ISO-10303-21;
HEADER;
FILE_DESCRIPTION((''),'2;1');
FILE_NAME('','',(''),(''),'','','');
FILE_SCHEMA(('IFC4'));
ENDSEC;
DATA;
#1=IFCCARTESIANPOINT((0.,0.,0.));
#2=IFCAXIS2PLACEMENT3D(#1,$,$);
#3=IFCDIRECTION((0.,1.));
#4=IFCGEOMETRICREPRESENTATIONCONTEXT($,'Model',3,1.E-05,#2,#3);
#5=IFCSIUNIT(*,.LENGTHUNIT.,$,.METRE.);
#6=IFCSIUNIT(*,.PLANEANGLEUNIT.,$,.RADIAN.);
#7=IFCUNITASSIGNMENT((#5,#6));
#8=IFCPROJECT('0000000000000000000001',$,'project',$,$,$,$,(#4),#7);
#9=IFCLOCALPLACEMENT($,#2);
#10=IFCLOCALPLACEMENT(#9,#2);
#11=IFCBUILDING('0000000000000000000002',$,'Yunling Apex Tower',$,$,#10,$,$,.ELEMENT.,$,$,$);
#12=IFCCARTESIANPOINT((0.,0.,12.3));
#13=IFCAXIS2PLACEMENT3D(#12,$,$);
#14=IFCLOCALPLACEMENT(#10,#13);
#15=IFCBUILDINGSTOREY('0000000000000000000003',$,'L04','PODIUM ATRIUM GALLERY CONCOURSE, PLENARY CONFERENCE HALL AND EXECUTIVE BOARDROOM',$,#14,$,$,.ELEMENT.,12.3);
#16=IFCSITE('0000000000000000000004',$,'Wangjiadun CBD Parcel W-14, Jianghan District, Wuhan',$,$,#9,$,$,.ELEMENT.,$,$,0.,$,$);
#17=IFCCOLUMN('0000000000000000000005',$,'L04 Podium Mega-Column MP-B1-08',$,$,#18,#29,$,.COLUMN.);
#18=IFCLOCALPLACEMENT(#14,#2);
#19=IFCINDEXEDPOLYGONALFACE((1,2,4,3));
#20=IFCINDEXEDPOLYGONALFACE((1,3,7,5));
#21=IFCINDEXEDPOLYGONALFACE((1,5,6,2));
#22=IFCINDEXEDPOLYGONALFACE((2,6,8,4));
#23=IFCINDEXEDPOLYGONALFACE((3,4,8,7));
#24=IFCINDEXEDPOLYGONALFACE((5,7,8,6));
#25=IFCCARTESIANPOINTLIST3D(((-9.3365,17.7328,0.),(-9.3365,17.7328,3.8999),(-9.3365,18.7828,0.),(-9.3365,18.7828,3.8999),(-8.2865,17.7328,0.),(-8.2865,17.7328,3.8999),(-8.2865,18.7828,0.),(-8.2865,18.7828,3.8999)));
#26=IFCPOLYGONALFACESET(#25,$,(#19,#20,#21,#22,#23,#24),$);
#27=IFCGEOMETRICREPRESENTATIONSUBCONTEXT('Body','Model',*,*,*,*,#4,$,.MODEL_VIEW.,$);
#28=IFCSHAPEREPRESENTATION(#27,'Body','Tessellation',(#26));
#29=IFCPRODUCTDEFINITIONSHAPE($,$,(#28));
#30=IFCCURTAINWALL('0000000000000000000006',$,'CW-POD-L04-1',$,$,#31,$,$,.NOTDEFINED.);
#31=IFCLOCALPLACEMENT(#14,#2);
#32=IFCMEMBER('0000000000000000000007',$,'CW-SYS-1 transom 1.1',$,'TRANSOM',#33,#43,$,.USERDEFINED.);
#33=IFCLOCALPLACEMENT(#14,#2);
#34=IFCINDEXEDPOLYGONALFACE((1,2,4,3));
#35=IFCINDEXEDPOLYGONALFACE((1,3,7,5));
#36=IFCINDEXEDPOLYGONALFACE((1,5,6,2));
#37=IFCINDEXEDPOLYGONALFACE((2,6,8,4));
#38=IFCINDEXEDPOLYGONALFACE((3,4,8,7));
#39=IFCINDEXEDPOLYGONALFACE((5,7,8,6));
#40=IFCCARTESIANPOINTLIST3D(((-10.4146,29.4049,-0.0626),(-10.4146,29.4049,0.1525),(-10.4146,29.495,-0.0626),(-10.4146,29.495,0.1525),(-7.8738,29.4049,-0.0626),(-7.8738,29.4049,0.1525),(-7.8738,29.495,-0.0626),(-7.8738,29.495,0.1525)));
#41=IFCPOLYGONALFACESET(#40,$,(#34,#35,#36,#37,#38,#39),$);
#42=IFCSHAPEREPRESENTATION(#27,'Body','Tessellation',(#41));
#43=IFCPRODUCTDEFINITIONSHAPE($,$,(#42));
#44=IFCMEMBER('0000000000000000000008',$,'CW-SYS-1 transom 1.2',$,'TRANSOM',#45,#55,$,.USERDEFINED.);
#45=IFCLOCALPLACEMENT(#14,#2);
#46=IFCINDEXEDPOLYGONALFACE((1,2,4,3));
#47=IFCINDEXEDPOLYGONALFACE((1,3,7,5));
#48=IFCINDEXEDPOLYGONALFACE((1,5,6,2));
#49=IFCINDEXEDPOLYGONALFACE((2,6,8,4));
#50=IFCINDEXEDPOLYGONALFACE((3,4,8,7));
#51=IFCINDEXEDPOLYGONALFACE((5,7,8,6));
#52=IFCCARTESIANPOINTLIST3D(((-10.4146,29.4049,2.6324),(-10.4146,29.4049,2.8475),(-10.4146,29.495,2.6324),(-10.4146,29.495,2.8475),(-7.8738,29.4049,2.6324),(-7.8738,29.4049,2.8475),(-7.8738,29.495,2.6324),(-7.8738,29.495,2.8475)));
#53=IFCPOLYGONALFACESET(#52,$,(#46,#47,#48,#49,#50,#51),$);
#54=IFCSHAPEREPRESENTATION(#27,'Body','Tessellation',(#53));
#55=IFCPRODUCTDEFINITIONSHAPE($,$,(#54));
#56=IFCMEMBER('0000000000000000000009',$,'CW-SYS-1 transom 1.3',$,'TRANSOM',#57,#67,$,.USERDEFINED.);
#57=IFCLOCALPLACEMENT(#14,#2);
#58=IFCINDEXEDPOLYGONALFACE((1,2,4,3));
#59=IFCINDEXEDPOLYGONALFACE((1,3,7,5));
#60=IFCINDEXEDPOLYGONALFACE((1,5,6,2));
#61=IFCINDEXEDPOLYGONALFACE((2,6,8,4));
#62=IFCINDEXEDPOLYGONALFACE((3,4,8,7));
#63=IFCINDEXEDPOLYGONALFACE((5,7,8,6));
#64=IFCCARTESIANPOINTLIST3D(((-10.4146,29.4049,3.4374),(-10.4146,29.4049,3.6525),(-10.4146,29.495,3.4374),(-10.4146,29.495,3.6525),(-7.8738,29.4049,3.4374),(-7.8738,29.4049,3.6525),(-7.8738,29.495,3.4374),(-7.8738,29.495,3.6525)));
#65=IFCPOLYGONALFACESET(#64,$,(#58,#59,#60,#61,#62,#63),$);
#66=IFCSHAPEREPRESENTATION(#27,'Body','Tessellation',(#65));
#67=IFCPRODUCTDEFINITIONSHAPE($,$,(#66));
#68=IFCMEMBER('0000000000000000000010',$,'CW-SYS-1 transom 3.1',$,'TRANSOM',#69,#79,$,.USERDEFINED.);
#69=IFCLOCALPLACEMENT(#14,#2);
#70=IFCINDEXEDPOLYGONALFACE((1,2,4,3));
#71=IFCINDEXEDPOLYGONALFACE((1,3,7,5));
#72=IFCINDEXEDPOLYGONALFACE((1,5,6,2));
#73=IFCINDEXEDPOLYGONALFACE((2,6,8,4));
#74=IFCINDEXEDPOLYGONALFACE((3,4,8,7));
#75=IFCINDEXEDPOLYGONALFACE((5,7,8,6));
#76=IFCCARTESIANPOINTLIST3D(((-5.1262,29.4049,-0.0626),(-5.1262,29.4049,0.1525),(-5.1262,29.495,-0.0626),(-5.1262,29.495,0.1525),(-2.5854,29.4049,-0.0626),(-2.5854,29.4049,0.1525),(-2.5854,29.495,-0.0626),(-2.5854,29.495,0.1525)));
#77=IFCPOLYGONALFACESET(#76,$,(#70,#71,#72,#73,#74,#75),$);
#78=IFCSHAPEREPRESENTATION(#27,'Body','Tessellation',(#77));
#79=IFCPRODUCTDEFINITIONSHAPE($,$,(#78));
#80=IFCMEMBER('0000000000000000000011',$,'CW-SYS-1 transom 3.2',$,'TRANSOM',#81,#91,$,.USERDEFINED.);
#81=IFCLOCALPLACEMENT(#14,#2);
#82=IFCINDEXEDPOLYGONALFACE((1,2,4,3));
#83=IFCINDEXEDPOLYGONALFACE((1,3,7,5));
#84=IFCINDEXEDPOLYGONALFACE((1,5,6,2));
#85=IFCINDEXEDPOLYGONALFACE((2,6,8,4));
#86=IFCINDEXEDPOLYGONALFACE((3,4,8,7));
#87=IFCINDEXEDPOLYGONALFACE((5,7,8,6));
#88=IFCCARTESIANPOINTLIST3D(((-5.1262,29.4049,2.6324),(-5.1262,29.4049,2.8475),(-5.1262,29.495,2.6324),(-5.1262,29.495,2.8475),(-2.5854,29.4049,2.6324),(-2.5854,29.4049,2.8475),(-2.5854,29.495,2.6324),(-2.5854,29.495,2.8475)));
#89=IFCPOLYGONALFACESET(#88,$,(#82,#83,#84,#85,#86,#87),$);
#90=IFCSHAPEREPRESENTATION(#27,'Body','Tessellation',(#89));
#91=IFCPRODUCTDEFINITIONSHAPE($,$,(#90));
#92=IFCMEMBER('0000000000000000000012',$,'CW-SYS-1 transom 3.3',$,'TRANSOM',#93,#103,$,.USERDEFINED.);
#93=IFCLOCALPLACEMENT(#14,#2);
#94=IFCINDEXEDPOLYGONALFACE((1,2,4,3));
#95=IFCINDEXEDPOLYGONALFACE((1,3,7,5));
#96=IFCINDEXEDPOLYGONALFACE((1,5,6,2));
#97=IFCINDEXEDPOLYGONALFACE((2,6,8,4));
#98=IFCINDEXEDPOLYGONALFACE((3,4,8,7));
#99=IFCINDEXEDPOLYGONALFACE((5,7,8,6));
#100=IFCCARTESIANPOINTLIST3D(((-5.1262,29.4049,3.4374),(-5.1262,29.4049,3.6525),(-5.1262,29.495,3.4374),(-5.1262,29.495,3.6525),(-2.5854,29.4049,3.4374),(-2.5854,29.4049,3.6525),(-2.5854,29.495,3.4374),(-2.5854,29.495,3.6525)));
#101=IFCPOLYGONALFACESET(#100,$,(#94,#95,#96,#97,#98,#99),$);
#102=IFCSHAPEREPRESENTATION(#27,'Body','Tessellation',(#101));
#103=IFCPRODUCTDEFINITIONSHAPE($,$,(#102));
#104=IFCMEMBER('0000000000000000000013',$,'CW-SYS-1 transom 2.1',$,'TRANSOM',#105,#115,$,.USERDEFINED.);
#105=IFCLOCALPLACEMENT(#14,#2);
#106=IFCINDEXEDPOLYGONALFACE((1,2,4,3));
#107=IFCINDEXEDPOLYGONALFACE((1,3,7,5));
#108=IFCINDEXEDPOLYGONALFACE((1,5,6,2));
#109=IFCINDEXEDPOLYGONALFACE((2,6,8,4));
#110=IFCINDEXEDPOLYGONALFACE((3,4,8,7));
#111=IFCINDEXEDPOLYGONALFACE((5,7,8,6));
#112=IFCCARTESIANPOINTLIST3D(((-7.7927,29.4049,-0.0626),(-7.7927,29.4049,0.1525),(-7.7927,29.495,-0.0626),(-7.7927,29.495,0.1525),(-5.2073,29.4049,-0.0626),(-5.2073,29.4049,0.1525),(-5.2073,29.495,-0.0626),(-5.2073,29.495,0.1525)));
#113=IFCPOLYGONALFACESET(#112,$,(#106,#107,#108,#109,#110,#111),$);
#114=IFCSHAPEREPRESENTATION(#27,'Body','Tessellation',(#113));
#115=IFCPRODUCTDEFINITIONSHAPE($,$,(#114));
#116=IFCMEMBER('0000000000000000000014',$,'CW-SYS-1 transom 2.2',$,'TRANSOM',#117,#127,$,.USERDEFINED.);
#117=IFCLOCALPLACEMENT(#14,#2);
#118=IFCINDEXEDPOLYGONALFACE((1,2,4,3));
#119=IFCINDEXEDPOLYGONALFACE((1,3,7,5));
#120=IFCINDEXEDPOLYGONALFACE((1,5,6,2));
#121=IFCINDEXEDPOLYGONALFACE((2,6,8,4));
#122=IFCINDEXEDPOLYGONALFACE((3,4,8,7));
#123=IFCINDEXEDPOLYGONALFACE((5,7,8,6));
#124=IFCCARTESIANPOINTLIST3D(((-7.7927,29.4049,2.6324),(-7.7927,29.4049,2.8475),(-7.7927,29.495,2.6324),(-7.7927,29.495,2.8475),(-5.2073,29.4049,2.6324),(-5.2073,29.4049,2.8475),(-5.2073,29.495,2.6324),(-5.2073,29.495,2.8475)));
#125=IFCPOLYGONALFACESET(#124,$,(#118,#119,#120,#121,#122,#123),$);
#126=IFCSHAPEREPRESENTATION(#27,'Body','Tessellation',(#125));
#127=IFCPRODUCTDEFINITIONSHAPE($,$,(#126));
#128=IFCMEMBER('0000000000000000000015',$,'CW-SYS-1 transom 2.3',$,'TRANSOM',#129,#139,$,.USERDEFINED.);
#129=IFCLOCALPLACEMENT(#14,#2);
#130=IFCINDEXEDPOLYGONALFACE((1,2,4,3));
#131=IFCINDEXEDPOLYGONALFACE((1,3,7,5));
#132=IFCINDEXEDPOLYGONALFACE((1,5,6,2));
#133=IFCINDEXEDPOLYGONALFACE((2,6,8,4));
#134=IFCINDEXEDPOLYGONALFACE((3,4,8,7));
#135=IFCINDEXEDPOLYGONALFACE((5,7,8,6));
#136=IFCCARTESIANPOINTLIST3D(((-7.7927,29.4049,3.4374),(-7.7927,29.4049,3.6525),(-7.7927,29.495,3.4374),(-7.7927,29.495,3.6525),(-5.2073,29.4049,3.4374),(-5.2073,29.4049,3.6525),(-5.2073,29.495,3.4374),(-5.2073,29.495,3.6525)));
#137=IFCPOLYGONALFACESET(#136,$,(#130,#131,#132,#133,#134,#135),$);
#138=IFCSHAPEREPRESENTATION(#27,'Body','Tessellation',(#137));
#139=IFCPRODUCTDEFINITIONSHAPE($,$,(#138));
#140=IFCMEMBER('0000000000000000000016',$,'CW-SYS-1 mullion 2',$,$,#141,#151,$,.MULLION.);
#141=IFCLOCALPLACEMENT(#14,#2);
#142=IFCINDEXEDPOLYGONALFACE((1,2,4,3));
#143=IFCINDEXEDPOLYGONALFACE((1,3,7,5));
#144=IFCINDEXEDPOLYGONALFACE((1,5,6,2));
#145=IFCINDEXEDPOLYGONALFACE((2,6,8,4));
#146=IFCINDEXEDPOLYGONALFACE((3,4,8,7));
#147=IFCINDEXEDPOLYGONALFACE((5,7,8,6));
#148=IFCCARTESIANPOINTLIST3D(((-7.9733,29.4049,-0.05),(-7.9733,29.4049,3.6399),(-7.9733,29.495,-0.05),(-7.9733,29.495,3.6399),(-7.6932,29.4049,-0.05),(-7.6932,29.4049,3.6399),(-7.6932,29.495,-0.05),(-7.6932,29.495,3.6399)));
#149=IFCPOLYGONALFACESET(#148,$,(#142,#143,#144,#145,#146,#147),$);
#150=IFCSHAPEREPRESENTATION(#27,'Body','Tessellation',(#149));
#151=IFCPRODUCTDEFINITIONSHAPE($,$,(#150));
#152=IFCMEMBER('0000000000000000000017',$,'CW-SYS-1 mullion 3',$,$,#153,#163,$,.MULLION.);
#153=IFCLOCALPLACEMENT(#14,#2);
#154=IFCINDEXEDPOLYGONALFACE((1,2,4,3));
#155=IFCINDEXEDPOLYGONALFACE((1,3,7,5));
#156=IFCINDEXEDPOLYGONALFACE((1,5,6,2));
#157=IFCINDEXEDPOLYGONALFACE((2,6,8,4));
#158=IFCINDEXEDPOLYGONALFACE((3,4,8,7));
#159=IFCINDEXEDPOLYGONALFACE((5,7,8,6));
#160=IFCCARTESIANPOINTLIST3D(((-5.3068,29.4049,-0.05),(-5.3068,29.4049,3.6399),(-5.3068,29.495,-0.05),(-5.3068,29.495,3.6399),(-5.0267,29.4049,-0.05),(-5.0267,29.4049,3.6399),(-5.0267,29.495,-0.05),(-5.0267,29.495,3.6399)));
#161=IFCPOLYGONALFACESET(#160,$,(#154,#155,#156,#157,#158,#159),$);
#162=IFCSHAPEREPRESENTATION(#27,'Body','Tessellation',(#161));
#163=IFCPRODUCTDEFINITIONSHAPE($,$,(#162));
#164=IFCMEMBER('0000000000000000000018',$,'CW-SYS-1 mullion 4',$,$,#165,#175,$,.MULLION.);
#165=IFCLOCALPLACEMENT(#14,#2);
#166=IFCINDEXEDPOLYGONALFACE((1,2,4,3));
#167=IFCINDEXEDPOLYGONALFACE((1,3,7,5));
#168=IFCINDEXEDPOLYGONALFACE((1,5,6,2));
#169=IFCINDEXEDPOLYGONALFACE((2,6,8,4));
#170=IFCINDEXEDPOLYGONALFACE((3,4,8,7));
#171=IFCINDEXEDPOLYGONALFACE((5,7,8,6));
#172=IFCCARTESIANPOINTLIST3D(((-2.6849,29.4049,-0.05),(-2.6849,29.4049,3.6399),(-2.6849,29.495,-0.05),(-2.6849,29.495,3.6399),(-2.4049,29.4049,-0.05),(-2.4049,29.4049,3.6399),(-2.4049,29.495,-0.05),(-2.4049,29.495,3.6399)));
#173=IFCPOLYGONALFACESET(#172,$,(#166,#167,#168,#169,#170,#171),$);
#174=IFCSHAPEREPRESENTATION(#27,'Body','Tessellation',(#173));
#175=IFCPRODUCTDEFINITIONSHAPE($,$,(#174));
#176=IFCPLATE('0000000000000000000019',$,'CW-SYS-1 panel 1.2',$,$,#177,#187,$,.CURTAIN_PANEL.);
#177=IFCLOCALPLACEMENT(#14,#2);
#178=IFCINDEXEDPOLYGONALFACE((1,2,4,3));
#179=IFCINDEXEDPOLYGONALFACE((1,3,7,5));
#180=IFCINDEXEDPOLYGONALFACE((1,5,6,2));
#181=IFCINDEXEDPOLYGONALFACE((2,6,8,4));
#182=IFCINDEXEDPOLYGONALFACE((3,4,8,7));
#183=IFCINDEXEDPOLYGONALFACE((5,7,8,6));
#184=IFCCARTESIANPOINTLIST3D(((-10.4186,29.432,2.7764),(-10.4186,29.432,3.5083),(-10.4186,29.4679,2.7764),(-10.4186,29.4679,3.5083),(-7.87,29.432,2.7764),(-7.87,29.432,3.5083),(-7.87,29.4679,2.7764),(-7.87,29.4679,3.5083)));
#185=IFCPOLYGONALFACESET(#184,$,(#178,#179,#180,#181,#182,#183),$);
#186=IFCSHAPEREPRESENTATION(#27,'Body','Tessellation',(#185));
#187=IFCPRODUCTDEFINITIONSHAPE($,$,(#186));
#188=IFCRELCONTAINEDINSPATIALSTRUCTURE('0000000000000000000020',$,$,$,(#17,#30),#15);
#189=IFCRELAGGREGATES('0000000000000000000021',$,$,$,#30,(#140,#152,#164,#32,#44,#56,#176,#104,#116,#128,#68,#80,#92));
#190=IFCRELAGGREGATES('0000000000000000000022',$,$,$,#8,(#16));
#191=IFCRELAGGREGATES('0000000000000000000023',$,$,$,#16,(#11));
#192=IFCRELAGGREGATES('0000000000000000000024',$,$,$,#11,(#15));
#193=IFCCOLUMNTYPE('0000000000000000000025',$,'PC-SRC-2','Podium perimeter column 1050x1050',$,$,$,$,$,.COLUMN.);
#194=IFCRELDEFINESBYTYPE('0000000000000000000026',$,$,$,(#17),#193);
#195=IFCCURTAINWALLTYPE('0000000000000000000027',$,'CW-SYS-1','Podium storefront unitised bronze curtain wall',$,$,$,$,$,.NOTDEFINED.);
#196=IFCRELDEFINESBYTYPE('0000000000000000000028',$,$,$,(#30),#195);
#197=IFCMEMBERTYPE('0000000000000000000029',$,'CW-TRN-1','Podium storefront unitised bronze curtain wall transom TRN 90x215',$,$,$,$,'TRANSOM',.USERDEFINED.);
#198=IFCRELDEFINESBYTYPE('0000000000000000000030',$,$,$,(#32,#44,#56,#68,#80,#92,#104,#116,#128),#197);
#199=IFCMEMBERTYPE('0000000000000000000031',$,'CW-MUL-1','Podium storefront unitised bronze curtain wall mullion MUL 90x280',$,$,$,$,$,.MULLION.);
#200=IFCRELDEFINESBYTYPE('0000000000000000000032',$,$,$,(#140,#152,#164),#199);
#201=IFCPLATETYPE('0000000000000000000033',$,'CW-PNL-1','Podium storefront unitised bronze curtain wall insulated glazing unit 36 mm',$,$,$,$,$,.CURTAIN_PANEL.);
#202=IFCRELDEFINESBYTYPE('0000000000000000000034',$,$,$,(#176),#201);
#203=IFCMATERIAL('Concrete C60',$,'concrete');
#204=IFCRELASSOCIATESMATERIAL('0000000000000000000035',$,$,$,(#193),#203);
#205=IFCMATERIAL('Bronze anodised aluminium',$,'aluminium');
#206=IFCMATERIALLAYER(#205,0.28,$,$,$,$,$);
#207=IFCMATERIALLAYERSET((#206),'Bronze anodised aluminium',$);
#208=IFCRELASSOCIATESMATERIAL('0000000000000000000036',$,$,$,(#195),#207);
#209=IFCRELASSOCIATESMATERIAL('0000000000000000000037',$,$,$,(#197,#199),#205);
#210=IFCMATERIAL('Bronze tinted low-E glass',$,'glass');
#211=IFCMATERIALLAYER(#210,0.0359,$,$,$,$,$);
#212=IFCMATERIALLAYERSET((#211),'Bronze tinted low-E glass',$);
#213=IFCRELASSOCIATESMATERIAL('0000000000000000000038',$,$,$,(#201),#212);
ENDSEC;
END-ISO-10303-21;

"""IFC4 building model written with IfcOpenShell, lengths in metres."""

from ifc_helpers import new_model, si_unit, direction, frame, origin, origin_2d, place, context, subcontext, project, spatial, rectangle, extrude, source, transform, mapped, material, layer, layer_set, material_profile, profile_set, type_object, element, aggregate, save


model = new_model("IFC4")

# Units and contexts
model_context = context("Model", 3, precision=1e-05, world=origin(), true_north=direction((0.0, 1.0)))
body_context = subcontext(model_context, "Body", "Model", "MODEL_VIEW")
ifc_project = project(units=[si_unit("LENGTHUNIT", "METRE"), si_unit("PLANEANGLEUNIT", "RADIAN")], contexts=[model_context])

# Site, building, storey
site_placement = place(None, origin())
site = spatial("IfcSite", under=ifc_project, at=site_placement, Name="Wangjiadun CBD Parcel W-14, Jianghan District, Wuhan", CompositionType="ELEMENT", RefElevation=0.0)
building_placement = place(site_placement, origin())
building = spatial("IfcBuilding", under=site, at=building_placement, Name="Yunling Apex Tower", CompositionType="ELEMENT")
storey_placement = place(building_placement, frame((0.0, 0.0, 12.3)))
storey = spatial("IfcBuildingStorey", under=building, at=storey_placement, Name="L04", Description="PODIUM ATRIUM GALLERY CONCOURSE, PLENARY CONFERENCE HALL AND EXECUTIVE BOARDROOM", CompositionType="ELEMENT", Elevation=12.3)

# Column
ifc_material_1 = material(Name="Concrete C60", Category="concrete")
ifc_material_profile_1 = material_profile(ifc_material_1, rectangle(XDim=1.05, YDim=1.05, at=origin_2d()))
ifc_profile_set_1 = profile_set([ifc_material_profile_1], Name="Concrete C60")
column_type = type_object("IfcColumnType", Name="PC-SRC-2", Description="Podium perimeter column 1050x1050", PredefinedType="COLUMN", material=ifc_profile_set_1)
shared_shape_1 = source(origin(), body_context, "Body", "SweptSolid", [
    extrude(rectangle(XDim=1.05, YDim=1.05, at=origin_2d()), origin(), (0.0, 0.0, 1.0), 3.8999),
])
column_placement = place(storey_placement, frame((-8.8115, 18.2578, 0.0), z_axis=(0.0, 0.0, 1.0), x_axis=(1.0, 0.0, 0.0)))
element("IfcColumn", 1, at=column_placement, inside=storey, type_object=column_type, Name="L04 Podium Mega-Column MP-B1-08", PredefinedType="COLUMN", context=body_context, shape_type="MappedRepresentation", body=[
    mapped(shared_shape_1, transform((0.0, 0.0, 0.0), scale=1.0)),
])

# Curtain wall, members, plate
ifc_material_2 = material(Name="Bronze anodised aluminium", Category="aluminium")
ifc_layer_1 = layer(ifc_material_2, 0.28)
ifc_layer_set_1 = layer_set([ifc_layer_1], Name="Bronze anodised aluminium")
curtain_wall_type = type_object("IfcCurtainWallType", Name="CW-SYS-1", Description="Podium storefront unitised bronze curtain wall", PredefinedType="NOTDEFINED", material=ifc_layer_set_1)
curtain_wall_placement = place(storey_placement, origin())
curtain_wall = element("IfcCurtainWall", 2, at=curtain_wall_placement, inside=storey, type_object=curtain_wall_type, Name="CW-POD-L04-1", PredefinedType="NOTDEFINED")
ifc_material_profile_2 = material_profile(ifc_material_2, rectangle(XDim=0.0901, YDim=0.2151, at=origin_2d()))
ifc_profile_set_2 = profile_set([ifc_material_profile_2], Name="Bronze anodised aluminium")
member_type_1 = type_object("IfcMemberType", Name="CW-TRN-1", Description="Podium storefront unitised bronze curtain wall transom TRN 90x215", ElementType="TRANSOM", PredefinedType="USERDEFINED", material=ifc_profile_set_2)
shared_shape_2 = source(origin(), body_context, "Body", "SweptSolid", [
    extrude(rectangle(XDim=0.0901, YDim=0.2151, at=origin_2d()), origin(), (0.0, 0.0, 1.0), 2.5408),
])
member_1_placement = place(storey_placement, frame((-10.4146, 29.45, 0.0449), z_axis=(1.0, 0.0, 0.0), x_axis=(0.0, 1.0, 0.0)))
member_1 = element("IfcMember", 3, at=member_1_placement, type_object=member_type_1, Name="CW-SYS-1 transom 1.1", ObjectType="TRANSOM", PredefinedType="USERDEFINED", context=body_context, shape_type="MappedRepresentation", body=[
    mapped(shared_shape_2, transform((0.0, 0.0, 0.0), scale=1.0)),
])
member_2_placement = place(storey_placement, frame((-10.4146, 29.45, 2.74), z_axis=(1.0, 0.0, 0.0), x_axis=(0.0, 1.0, 0.0)))
member_2 = element("IfcMember", 4, at=member_2_placement, type_object=member_type_1, Name="CW-SYS-1 transom 1.2", ObjectType="TRANSOM", PredefinedType="USERDEFINED", context=body_context, shape_type="MappedRepresentation", body=[
    mapped(shared_shape_2, transform((0.0, 0.0, 0.0), scale=1.0)),
])
member_3_placement = place(storey_placement, frame((-10.4146, 29.45, 3.5449), z_axis=(1.0, 0.0, 0.0), x_axis=(0.0, 1.0, 0.0)))
member_3 = element("IfcMember", 5, at=member_3_placement, type_object=member_type_1, Name="CW-SYS-1 transom 1.3", ObjectType="TRANSOM", PredefinedType="USERDEFINED", context=body_context, shape_type="MappedRepresentation", body=[
    mapped(shared_shape_2, transform((0.0, 0.0, 0.0), scale=1.0)),
])
member_4_placement = place(storey_placement, frame((-5.1262, 29.45, 0.0449), z_axis=(1.0, 0.0, 0.0), x_axis=(0.0, 1.0, 0.0)))
member_4 = element("IfcMember", 6, at=member_4_placement, type_object=member_type_1, Name="CW-SYS-1 transom 3.1", ObjectType="TRANSOM", PredefinedType="USERDEFINED", context=body_context, shape_type="MappedRepresentation", body=[
    mapped(shared_shape_2, transform((0.0, 0.0, 0.0), scale=1.0)),
])
member_5_placement = place(storey_placement, frame((-5.1262, 29.45, 2.74), z_axis=(1.0, 0.0, 0.0), x_axis=(0.0, 1.0, 0.0)))
member_5 = element("IfcMember", 7, at=member_5_placement, type_object=member_type_1, Name="CW-SYS-1 transom 3.2", ObjectType="TRANSOM", PredefinedType="USERDEFINED", context=body_context, shape_type="MappedRepresentation", body=[
    mapped(shared_shape_2, transform((0.0, 0.0, 0.0), scale=1.0)),
])
member_6_placement = place(storey_placement, frame((-5.1262, 29.45, 3.5449), z_axis=(1.0, 0.0, 0.0), x_axis=(0.0, 1.0, 0.0)))
member_6 = element("IfcMember", 8, at=member_6_placement, type_object=member_type_1, Name="CW-SYS-1 transom 3.3", ObjectType="TRANSOM", PredefinedType="USERDEFINED", context=body_context, shape_type="MappedRepresentation", body=[
    mapped(shared_shape_2, transform((0.0, 0.0, 0.0), scale=1.0)),
])
shared_shape_3 = source(origin(), body_context, "Body", "SweptSolid", [
    extrude(rectangle(XDim=0.0901, YDim=0.2151, at=origin_2d()), origin(), (0.0, 0.0, 1.0), 2.5854),
])
member_7_placement = place(storey_placement, frame((-7.7927, 29.45, 0.0449), z_axis=(1.0, 0.0, 0.0), x_axis=(0.0, 1.0, 0.0)))
member_7 = element("IfcMember", 9, at=member_7_placement, type_object=member_type_1, Name="CW-SYS-1 transom 2.1", ObjectType="TRANSOM", PredefinedType="USERDEFINED", context=body_context, shape_type="MappedRepresentation", body=[
    mapped(shared_shape_3, transform((0.0, 0.0, 0.0), scale=1.0)),
])
member_8_placement = place(storey_placement, frame((-7.7927, 29.45, 2.74), z_axis=(1.0, 0.0, 0.0), x_axis=(0.0, 1.0, 0.0)))
member_8 = element("IfcMember", 10, at=member_8_placement, type_object=member_type_1, Name="CW-SYS-1 transom 2.2", ObjectType="TRANSOM", PredefinedType="USERDEFINED", context=body_context, shape_type="MappedRepresentation", body=[
    mapped(shared_shape_3, transform((0.0, 0.0, 0.0), scale=1.0)),
])
member_9_placement = place(storey_placement, frame((-7.7927, 29.45, 3.5449), z_axis=(1.0, 0.0, 0.0), x_axis=(0.0, 1.0, 0.0)))
member_9 = element("IfcMember", 11, at=member_9_placement, type_object=member_type_1, Name="CW-SYS-1 transom 2.3", ObjectType="TRANSOM", PredefinedType="USERDEFINED", context=body_context, shape_type="MappedRepresentation", body=[
    mapped(shared_shape_3, transform((0.0, 0.0, 0.0), scale=1.0)),
])
ifc_material_profile_3 = material_profile(ifc_material_2, rectangle(XDim=0.0901, YDim=0.28, at=origin_2d()))
ifc_profile_set_3 = profile_set([ifc_material_profile_3], Name="Bronze anodised aluminium")
member_type_2 = type_object("IfcMemberType", Name="CW-MUL-1", Description="Podium storefront unitised bronze curtain wall mullion MUL 90x280", PredefinedType="MULLION", material=ifc_profile_set_3)
shared_shape_4 = source(origin(), body_context, "Body", "SweptSolid", [
    extrude(rectangle(XDim=0.0901, YDim=0.28, at=origin_2d()), origin(), (0.0, 0.0, 1.0), 3.6899),
])
member_10_placement = place(storey_placement, frame((-7.8333, 29.45, -0.05), z_axis=(0.0, 0.0, 1.0), x_axis=(0.0, 1.0, 0.0)))
member_10 = element("IfcMember", 12, at=member_10_placement, type_object=member_type_2, Name="CW-SYS-1 mullion 2", PredefinedType="MULLION", context=body_context, shape_type="MappedRepresentation", body=[
    mapped(shared_shape_4, transform((0.0, 0.0, 0.0), scale=1.0)),
])
member_11_placement = place(storey_placement, frame((-5.1667, 29.45, -0.05), z_axis=(0.0, 0.0, 1.0), x_axis=(0.0, 1.0, 0.0)))
member_11 = element("IfcMember", 13, at=member_11_placement, type_object=member_type_2, Name="CW-SYS-1 mullion 3", PredefinedType="MULLION", context=body_context, shape_type="MappedRepresentation", body=[
    mapped(shared_shape_4, transform((0.0, 0.0, 0.0), scale=1.0)),
])
member_12_placement = place(storey_placement, frame((-2.5449, 29.45, -0.05), z_axis=(0.0, 0.0, 1.0), x_axis=(0.0, 1.0, 0.0)))
member_12 = element("IfcMember", 14, at=member_12_placement, type_object=member_type_2, Name="CW-SYS-1 mullion 4", PredefinedType="MULLION", context=body_context, shape_type="MappedRepresentation", body=[
    mapped(shared_shape_4, transform((0.0, 0.0, 0.0), scale=1.0)),
])
ifc_material_3 = material(Name="Bronze tinted low-E glass", Category="glass")
ifc_layer_2 = layer(ifc_material_3, 0.0359)
ifc_layer_set_2 = layer_set([ifc_layer_2], Name="Bronze tinted low-E glass")
plate_type = type_object("IfcPlateType", Name="CW-PNL-1", Description="Podium storefront unitised bronze curtain wall insulated glazing unit 36 mm", PredefinedType="CURTAIN_PANEL", material=ifc_layer_set_2)
shared_shape_5 = source(origin(), body_context, "Body", "SweptSolid", [
    extrude(rectangle(XDim=2.5486, YDim=0.0359, at=origin_2d()), origin(), (0.0, 0.0, 1.0), 0.7319),
])
plate_1_placement = place(storey_placement, frame((-9.1443, 29.45, 2.7764), z_axis=(0.0, 0.0, 1.0), x_axis=(1.0, 0.0, 0.0)))
plate_1 = element("IfcPlate", 15, at=plate_1_placement, type_object=plate_type, Name="CW-SYS-1 panel 1.2", PredefinedType="CURTAIN_PANEL", context=body_context, shape_type="MappedRepresentation", body=[
    mapped(shared_shape_5, transform((0.0, 0.0, 0.0), scale=1.0)),
])
aggregate(curtain_wall, [member_10, member_11, member_12, member_1, member_2, member_3, plate_1, member_7, member_8, member_9, member_4, member_5, member_6])

save(model, "model.ifc")
